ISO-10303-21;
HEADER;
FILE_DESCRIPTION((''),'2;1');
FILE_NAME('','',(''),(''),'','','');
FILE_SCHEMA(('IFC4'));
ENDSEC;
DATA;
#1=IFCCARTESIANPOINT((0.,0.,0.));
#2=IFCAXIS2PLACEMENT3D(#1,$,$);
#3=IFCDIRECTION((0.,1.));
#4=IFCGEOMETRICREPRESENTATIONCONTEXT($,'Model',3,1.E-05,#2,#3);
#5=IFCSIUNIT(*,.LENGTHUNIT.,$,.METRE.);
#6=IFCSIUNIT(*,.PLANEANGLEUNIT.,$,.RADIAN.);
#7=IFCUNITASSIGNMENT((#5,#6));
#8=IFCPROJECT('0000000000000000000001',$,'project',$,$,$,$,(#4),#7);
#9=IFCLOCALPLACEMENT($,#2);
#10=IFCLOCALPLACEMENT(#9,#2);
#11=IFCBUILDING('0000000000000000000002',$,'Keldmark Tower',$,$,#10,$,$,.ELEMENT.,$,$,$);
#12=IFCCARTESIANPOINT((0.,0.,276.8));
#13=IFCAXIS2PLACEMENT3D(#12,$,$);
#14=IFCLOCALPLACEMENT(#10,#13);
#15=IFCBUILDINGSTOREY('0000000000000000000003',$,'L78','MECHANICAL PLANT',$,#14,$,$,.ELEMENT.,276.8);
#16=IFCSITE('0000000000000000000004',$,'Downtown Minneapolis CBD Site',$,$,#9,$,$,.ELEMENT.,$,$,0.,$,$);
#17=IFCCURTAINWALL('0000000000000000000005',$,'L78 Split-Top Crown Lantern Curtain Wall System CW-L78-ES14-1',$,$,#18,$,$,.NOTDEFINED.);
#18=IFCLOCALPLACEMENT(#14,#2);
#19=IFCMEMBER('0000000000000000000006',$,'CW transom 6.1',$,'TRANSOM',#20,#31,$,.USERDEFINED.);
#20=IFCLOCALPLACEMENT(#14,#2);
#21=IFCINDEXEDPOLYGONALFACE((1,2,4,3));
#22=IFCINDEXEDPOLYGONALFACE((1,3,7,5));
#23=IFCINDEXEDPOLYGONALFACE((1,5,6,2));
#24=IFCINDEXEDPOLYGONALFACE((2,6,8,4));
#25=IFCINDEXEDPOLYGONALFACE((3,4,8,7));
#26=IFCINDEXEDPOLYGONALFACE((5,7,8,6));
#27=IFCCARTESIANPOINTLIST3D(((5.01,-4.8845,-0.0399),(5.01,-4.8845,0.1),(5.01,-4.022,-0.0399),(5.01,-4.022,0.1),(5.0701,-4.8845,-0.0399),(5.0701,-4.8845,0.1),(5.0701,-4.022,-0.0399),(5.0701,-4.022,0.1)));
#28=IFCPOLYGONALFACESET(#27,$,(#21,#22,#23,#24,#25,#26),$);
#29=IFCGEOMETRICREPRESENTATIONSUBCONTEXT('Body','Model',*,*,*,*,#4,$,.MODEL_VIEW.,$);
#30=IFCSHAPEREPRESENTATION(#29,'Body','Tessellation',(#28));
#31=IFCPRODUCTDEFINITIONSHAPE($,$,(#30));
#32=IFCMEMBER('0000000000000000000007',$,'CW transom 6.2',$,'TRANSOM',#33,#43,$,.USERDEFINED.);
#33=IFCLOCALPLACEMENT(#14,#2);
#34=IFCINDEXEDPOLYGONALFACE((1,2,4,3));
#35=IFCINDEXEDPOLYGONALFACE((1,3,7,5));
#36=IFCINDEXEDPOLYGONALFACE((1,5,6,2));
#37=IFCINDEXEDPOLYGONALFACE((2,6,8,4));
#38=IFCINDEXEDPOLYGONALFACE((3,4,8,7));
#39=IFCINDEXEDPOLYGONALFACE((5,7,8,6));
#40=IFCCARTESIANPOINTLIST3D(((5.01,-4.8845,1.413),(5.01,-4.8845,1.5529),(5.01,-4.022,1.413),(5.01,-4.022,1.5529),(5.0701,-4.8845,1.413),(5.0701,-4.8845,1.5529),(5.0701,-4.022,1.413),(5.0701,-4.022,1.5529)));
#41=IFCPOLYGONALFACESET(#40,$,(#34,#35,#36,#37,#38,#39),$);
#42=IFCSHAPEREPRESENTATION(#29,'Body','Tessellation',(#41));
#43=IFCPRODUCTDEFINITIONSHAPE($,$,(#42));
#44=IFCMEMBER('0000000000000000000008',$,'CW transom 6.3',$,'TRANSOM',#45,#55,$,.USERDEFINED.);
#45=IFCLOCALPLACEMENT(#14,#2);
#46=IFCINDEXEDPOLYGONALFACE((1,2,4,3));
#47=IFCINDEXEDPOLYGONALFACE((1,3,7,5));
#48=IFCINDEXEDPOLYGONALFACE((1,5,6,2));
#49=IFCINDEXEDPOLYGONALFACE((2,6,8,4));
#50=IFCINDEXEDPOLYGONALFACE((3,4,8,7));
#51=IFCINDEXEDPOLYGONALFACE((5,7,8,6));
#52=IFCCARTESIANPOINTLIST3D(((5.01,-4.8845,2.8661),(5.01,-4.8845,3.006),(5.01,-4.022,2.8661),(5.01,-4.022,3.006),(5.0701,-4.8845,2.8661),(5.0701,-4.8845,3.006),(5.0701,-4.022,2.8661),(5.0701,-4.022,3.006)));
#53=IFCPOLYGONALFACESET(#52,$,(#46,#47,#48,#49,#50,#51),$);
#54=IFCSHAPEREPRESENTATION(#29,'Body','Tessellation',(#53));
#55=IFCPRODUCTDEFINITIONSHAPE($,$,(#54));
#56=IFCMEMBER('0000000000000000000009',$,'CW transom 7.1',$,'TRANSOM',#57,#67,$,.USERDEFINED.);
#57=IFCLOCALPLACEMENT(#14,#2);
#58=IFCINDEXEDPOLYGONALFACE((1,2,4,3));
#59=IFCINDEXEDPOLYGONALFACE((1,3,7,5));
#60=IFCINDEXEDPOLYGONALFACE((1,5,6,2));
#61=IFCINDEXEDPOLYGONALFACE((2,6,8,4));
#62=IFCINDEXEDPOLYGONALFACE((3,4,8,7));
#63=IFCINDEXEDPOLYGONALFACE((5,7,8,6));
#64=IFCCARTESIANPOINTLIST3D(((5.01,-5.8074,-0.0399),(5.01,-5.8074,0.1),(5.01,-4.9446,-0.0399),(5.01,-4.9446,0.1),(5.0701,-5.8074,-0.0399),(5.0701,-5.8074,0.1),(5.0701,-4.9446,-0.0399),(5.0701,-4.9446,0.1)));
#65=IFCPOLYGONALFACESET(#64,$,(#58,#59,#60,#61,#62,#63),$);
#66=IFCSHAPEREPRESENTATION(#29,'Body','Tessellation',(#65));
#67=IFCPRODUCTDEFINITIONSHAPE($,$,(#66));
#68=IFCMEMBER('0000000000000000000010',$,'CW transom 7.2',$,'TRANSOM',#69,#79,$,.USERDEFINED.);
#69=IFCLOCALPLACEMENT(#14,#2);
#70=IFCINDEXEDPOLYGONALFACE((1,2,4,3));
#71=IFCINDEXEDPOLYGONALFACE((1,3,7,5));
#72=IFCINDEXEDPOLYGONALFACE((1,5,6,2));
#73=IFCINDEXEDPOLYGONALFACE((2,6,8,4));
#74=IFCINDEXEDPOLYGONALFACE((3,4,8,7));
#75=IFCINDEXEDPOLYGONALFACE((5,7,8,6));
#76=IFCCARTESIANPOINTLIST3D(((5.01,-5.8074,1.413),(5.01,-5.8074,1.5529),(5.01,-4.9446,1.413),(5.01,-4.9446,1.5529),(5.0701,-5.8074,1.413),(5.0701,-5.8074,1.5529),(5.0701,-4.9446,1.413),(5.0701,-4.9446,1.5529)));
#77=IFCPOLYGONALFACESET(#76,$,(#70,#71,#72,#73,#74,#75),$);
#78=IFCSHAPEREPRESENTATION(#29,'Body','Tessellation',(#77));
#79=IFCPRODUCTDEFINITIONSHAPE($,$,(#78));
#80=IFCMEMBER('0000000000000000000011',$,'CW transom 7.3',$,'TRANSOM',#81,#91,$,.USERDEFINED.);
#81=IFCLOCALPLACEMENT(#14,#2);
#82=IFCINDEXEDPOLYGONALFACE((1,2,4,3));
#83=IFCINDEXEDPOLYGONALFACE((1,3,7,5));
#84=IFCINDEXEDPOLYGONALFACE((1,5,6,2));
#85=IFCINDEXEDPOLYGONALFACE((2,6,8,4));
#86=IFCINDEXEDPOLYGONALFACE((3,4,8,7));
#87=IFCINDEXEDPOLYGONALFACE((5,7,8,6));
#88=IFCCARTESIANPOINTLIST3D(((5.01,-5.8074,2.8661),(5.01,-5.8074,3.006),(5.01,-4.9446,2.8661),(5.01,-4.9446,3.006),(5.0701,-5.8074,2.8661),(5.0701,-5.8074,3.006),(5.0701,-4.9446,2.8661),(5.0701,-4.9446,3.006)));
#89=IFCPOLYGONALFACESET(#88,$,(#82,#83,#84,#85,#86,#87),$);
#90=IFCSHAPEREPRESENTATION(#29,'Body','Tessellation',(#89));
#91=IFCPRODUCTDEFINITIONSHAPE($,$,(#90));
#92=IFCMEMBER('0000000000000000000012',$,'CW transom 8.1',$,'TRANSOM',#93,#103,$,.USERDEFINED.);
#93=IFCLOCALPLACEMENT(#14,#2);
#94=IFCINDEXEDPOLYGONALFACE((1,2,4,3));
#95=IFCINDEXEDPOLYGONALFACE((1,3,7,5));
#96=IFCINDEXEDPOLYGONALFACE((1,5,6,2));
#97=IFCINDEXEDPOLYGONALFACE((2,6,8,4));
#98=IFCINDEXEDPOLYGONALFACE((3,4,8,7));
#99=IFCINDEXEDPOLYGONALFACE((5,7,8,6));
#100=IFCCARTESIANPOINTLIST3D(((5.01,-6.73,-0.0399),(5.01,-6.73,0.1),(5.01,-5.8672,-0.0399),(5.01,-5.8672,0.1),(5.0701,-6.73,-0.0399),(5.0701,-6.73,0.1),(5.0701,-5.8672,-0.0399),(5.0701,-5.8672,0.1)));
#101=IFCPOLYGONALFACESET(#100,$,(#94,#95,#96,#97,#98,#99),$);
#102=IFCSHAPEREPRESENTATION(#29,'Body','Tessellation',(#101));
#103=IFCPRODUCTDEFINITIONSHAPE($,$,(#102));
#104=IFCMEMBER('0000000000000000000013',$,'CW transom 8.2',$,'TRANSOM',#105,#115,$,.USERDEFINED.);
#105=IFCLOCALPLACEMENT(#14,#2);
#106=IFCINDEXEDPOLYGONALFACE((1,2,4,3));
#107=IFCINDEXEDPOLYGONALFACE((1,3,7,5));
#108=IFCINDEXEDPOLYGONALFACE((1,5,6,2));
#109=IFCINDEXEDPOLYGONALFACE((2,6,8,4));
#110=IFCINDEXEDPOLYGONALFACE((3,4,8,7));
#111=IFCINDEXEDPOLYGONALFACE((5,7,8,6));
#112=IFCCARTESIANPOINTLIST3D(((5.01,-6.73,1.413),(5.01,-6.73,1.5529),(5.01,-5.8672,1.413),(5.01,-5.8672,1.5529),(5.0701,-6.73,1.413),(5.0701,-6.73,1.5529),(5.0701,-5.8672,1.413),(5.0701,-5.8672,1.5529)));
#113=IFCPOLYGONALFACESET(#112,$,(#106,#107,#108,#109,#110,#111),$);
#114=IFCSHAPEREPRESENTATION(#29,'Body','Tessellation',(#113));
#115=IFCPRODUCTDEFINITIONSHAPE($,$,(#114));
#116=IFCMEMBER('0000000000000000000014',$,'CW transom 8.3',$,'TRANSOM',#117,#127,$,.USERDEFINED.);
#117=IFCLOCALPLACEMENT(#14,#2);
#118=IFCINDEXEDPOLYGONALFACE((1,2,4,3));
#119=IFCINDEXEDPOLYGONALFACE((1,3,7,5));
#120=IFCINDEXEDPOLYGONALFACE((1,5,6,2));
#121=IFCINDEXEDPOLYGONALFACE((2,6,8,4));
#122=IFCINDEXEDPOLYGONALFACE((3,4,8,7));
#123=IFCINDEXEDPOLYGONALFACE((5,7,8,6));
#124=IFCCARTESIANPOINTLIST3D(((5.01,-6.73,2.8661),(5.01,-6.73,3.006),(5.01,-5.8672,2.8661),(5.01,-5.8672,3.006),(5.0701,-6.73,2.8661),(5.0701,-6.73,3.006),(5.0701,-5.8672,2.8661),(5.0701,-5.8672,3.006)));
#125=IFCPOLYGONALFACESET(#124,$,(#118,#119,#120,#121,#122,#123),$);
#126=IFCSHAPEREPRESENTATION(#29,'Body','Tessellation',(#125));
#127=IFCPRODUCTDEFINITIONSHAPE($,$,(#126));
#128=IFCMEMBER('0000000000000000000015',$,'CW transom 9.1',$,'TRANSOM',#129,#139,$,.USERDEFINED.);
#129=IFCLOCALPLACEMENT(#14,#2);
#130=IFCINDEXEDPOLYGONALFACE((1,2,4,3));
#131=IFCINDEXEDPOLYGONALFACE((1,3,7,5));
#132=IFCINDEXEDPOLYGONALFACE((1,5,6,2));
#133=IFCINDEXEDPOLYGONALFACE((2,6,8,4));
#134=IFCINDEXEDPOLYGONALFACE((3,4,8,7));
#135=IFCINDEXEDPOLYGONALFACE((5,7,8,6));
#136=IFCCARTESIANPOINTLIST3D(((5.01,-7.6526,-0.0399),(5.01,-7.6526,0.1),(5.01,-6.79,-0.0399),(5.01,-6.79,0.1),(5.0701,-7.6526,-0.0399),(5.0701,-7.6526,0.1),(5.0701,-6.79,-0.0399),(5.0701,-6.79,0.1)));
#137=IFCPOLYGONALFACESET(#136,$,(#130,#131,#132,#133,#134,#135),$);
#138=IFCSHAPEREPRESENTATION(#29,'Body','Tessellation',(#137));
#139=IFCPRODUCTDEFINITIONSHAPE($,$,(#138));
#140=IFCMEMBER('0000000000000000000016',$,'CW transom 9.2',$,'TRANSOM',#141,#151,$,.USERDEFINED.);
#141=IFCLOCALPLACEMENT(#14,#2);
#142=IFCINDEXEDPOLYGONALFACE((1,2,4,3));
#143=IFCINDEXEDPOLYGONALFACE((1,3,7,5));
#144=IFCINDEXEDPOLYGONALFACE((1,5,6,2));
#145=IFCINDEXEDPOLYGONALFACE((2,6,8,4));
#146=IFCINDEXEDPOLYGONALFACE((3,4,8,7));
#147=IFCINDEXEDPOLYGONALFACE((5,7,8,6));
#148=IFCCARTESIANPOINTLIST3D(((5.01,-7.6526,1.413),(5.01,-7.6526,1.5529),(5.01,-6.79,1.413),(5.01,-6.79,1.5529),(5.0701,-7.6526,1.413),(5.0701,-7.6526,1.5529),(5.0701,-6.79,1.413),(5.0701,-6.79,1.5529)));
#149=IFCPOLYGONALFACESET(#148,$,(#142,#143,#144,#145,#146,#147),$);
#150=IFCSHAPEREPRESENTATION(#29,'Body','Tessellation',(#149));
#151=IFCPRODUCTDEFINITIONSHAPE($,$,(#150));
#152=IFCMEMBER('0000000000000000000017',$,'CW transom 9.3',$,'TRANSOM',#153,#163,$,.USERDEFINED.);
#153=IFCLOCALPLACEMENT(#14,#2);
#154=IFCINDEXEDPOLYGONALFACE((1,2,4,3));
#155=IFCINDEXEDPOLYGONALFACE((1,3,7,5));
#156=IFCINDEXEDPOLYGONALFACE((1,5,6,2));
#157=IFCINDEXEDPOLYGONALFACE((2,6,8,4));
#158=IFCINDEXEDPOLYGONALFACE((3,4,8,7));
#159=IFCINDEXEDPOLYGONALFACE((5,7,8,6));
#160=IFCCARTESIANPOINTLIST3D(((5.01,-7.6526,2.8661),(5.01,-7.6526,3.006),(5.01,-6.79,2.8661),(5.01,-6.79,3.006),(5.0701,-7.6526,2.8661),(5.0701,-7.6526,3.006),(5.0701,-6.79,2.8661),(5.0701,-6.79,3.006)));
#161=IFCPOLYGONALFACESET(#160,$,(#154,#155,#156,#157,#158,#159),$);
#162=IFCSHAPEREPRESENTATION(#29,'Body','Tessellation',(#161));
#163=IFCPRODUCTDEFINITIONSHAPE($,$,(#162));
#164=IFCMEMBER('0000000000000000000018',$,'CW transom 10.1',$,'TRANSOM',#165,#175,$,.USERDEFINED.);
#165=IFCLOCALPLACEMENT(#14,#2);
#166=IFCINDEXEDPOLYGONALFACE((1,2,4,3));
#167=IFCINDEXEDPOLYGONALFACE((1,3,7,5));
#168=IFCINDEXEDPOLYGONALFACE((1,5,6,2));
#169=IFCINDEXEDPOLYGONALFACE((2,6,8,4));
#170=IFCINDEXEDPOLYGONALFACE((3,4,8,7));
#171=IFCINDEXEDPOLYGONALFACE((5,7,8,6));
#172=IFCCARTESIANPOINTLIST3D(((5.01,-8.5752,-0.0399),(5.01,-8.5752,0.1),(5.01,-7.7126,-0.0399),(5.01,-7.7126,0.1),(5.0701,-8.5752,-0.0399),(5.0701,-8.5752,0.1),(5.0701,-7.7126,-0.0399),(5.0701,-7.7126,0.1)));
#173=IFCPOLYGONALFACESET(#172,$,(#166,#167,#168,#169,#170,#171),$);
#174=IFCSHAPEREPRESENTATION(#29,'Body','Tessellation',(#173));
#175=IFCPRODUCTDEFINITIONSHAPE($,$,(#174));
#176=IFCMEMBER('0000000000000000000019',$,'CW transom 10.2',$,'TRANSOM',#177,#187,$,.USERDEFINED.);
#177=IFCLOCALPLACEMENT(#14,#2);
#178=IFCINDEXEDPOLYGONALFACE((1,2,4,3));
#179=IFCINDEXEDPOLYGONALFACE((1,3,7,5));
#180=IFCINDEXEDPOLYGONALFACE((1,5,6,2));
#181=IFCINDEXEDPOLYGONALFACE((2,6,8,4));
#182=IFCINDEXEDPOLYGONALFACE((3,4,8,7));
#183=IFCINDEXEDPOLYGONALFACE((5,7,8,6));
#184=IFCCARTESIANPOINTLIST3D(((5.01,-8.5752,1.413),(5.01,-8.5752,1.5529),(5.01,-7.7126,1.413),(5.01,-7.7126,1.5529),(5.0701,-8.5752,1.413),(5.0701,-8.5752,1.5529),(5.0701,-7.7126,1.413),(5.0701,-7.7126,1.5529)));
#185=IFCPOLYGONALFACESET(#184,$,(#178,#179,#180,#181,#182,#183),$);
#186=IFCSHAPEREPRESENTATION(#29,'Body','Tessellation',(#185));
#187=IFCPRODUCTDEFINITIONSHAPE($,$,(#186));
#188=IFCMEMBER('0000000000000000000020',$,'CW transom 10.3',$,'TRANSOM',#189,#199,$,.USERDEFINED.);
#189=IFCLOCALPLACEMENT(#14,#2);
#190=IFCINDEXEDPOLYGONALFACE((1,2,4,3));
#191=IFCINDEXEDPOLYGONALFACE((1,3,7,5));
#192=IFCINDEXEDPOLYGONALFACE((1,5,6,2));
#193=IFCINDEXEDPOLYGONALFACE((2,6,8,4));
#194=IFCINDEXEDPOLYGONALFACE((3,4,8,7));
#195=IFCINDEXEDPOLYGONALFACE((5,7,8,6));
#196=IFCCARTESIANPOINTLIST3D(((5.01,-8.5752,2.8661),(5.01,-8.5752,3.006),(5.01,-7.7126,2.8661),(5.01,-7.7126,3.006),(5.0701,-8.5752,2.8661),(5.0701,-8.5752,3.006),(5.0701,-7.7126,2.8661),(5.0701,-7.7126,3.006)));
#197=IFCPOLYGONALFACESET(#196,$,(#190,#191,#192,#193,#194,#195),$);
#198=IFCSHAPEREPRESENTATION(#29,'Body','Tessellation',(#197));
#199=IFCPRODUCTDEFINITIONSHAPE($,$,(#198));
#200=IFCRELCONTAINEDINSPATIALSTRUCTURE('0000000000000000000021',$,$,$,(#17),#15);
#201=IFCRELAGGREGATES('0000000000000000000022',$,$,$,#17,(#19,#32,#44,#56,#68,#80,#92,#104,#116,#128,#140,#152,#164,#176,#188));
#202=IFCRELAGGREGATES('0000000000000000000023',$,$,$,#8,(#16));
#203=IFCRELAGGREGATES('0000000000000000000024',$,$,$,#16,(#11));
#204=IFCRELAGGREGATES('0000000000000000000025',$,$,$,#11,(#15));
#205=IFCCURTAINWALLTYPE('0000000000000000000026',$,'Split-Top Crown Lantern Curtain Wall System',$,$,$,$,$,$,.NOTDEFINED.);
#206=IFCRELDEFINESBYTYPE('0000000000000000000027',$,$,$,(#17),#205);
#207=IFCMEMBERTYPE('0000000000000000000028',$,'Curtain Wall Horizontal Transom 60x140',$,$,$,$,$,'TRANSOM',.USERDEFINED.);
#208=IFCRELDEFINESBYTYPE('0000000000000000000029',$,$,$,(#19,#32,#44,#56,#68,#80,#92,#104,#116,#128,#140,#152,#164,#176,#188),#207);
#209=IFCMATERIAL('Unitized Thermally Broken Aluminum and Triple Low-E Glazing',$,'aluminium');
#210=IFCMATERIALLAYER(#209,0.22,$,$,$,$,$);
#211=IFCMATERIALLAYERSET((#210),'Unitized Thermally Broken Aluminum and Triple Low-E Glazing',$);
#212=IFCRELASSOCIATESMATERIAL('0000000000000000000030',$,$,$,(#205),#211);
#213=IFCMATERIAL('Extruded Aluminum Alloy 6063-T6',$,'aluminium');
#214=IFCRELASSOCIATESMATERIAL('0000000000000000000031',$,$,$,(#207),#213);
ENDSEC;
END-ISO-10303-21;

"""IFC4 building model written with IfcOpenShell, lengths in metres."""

from ifc_helpers import new_model, si_unit, direction, frame, origin, origin_2d, place, context, subcontext, project, spatial, rectangle, extrude, material, layer, layer_set, material_profile, profile_set, type_object, element, aggregate, save


model = new_model("IFC4")

# Units and contexts
model_context = context("Model", 3, precision=1e-05, world=origin(), true_north=direction((0.0, 1.0)))
body_context = subcontext(model_context, "Body", "Model", "MODEL_VIEW")
ifc_project = project(units=[si_unit("LENGTHUNIT", "METRE"), si_unit("PLANEANGLEUNIT", "RADIAN")], contexts=[model_context])

# Site, building, storey
site_placement = place(None, origin())
site = spatial("IfcSite", under=ifc_project, at=site_placement, Name="Downtown Minneapolis CBD Site", CompositionType="ELEMENT", RefElevation=0.0)
building_placement = place(site_placement, origin())
building = spatial("IfcBuilding", under=site, at=building_placement, Name="Keldmark Tower", CompositionType="ELEMENT")
storey_placement = place(building_placement, frame((0.0, 0.0, 276.8)))
storey = spatial("IfcBuildingStorey", under=building, at=storey_placement, Name="L78", Description="MECHANICAL PLANT", CompositionType="ELEMENT", Elevation=276.8)

# Curtain wall, members
ifc_material_1 = material(Name="Unitized Thermally Broken Aluminum and Triple Low-E Glazing", Category="aluminium")
ifc_layer_1 = layer(ifc_material_1, 0.22)
ifc_layer_set_1 = layer_set([ifc_layer_1], Name="Unitized Thermally Broken Aluminum and Triple Low-E Glazing")
curtain_wall_type = type_object("IfcCurtainWallType", Name="Split-Top Crown Lantern Curtain Wall System", PredefinedType="NOTDEFINED", material=ifc_layer_set_1)
curtain_wall_placement = place(storey_placement, origin())
curtain_wall = element("IfcCurtainWall", 1, at=curtain_wall_placement, inside=storey, type_object=curtain_wall_type, Name="L78 Split-Top Crown Lantern Curtain Wall System CW-L78-ES14-1", PredefinedType="NOTDEFINED")
ifc_material_2 = material(Name="Extruded Aluminum Alloy 6063-T6", Category="aluminium")
ifc_material_profile_1 = material_profile(ifc_material_2, rectangle(XDim=0.0601, YDim=0.1399, at=origin_2d()), Name="CWT60X140")
ifc_profile_set_1 = profile_set([ifc_material_profile_1], Name="Extruded Aluminum Alloy 6063-T6")
member_type_1 = type_object("IfcMemberType", Name="Curtain Wall Horizontal Transom 60x140", ElementType="TRANSOM", PredefinedType="USERDEFINED", material=ifc_profile_set_1)
member_1_placement = place(storey_placement, frame((5.04, -4.022, 0.03), z_axis=(0.0, -1.0, 0.0), x_axis=(1.0, 0.0, 0.0)))
member_1 = element("IfcMember", 2, at=member_1_placement, type_object=member_type_1, Name="CW transom 6.1", ObjectType="TRANSOM", PredefinedType="USERDEFINED", context=body_context, shape_type="SweptSolid", body=[
    extrude(rectangle(XDim=0.0601, YDim=0.1399, at=origin_2d()), origin(), (0.0, 0.0, 1.0), 0.8625),
])
member_2_placement = place(storey_placement, frame((5.04, -4.022, 1.4829), z_axis=(0.0, -1.0, 0.0), x_axis=(1.0, 0.0, 0.0)))
member_2 = element("IfcMember", 3, at=member_2_placement, type_object=member_type_1, Name="CW transom 6.2", ObjectType="TRANSOM", PredefinedType="USERDEFINED", context=body_context, shape_type="SweptSolid", body=[
    extrude(rectangle(XDim=0.0601, YDim=0.1399, at=origin_2d()), origin(), (0.0, 0.0, 1.0), 0.8625),
])
member_3_placement = place(storey_placement, frame((5.04, -4.022, 2.936), z_axis=(0.0, -1.0, 0.0), x_axis=(1.0, 0.0, 0.0)))
member_3 = element("IfcMember", 4, at=member_3_placement, type_object=member_type_1, Name="CW transom 6.3", ObjectType="TRANSOM", PredefinedType="USERDEFINED", context=body_context, shape_type="SweptSolid", body=[
    extrude(rectangle(XDim=0.0601, YDim=0.1399, at=origin_2d()), origin(), (0.0, 0.0, 1.0), 0.8625),
])
member_4_placement = place(storey_placement, frame((5.04, -4.9446, 0.03), z_axis=(0.0, -1.0, 0.0), x_axis=(1.0, 0.0, 0.0)))
member_4 = element("IfcMember", 5, at=member_4_placement, type_object=member_type_1, Name="CW transom 7.1", ObjectType="TRANSOM", PredefinedType="USERDEFINED", context=body_context, shape_type="SweptSolid", body=[
    extrude(rectangle(XDim=0.0601, YDim=0.1399, at=origin_2d()), origin(), (0.0, 0.0, 1.0), 0.8628),
])
member_5_placement = place(storey_placement, frame((5.04, -4.9446, 1.4829), z_axis=(0.0, -1.0, 0.0), x_axis=(1.0, 0.0, 0.0)))
member_5 = element("IfcMember", 6, at=member_5_placement, type_object=member_type_1, Name="CW transom 7.2", ObjectType="TRANSOM", PredefinedType="USERDEFINED", context=body_context, shape_type="SweptSolid", body=[
    extrude(rectangle(XDim=0.0601, YDim=0.1399, at=origin_2d()), origin(), (0.0, 0.0, 1.0), 0.8628),
])
member_6_placement = place(storey_placement, frame((5.04, -4.9446, 2.936), z_axis=(0.0, -1.0, 0.0), x_axis=(1.0, 0.0, 0.0)))
member_6 = element("IfcMember", 7, at=member_6_placement, type_object=member_type_1, Name="CW transom 7.3", ObjectType="TRANSOM", PredefinedType="USERDEFINED", context=body_context, shape_type="SweptSolid", body=[
    extrude(rectangle(XDim=0.0601, YDim=0.1399, at=origin_2d()), origin(), (0.0, 0.0, 1.0), 0.8628),
])
member_7_placement = place(storey_placement, frame((5.04, -5.8672, 0.03), z_axis=(0.0, -1.0, 0.0), x_axis=(1.0, 0.0, 0.0)))
member_7 = element("IfcMember", 8, at=member_7_placement, type_object=member_type_1, Name="CW transom 8.1", ObjectType="TRANSOM", PredefinedType="USERDEFINED", context=body_context, shape_type="SweptSolid", body=[
    extrude(rectangle(XDim=0.0601, YDim=0.1399, at=origin_2d()), origin(), (0.0, 0.0, 1.0), 0.8628),
])
member_8_placement = place(storey_placement, frame((5.04, -5.8672, 1.4829), z_axis=(0.0, -1.0, 0.0), x_axis=(1.0, 0.0, 0.0)))
member_8 = element("IfcMember", 9, at=member_8_placement, type_object=member_type_1, Name="CW transom 8.2", ObjectType="TRANSOM", PredefinedType="USERDEFINED", context=body_context, shape_type="SweptSolid", body=[
    extrude(rectangle(XDim=0.0601, YDim=0.1399, at=origin_2d()), origin(), (0.0, 0.0, 1.0), 0.8628),
])
member_9_placement = place(storey_placement, frame((5.04, -5.8672, 2.936), z_axis=(0.0, -1.0, 0.0), x_axis=(1.0, 0.0, 0.0)))
member_9 = element("IfcMember", 10, at=member_9_placement, type_object=member_type_1, Name="CW transom 8.3", ObjectType="TRANSOM", PredefinedType="USERDEFINED", context=body_context, shape_type="SweptSolid", body=[
    extrude(rectangle(XDim=0.0601, YDim=0.1399, at=origin_2d()), origin(), (0.0, 0.0, 1.0), 0.8628),
])
member_10_placement = place(storey_placement, frame((5.04, -6.79, 0.03), z_axis=(0.0, -1.0, 0.0), x_axis=(1.0, 0.0, 0.0)))
member_10 = element("IfcMember", 11, at=member_10_placement, type_object=member_type_1, Name="CW transom 9.1", ObjectType="TRANSOM", PredefinedType="USERDEFINED", context=body_context, shape_type="SweptSolid", body=[
    extrude(rectangle(XDim=0.0601, YDim=0.1399, at=origin_2d()), origin(), (0.0, 0.0, 1.0), 0.8625),
])
member_11_placement = place(storey_placement, frame((5.04, -6.79, 1.4829), z_axis=(0.0, -1.0, 0.0), x_axis=(1.0, 0.0, 0.0)))
member_11 = element("IfcMember", 12, at=member_11_placement, type_object=member_type_1, Name="CW transom 9.2", ObjectType="TRANSOM", PredefinedType="USERDEFINED", context=body_context, shape_type="SweptSolid", body=[
    extrude(rectangle(XDim=0.0601, YDim=0.1399, at=origin_2d()), origin(), (0.0, 0.0, 1.0), 0.8625),
])
member_12_placement = place(storey_placement, frame((5.04, -6.79, 2.936), z_axis=(0.0, -1.0, 0.0), x_axis=(1.0, 0.0, 0.0)))
member_12 = element("IfcMember", 13, at=member_12_placement, type_object=member_type_1, Name="CW transom 9.3", ObjectType="TRANSOM", PredefinedType="USERDEFINED", context=body_context, shape_type="SweptSolid", body=[
    extrude(rectangle(XDim=0.0601, YDim=0.1399, at=origin_2d()), origin(), (0.0, 0.0, 1.0), 0.8625),
])
member_13_placement = place(storey_placement, frame((5.04, -7.7126, 0.03), z_axis=(0.0, -1.0, 0.0), x_axis=(1.0, 0.0, 0.0)))
member_13 = element("IfcMember", 14, at=member_13_placement, type_object=member_type_1, Name="CW transom 10.1", ObjectType="TRANSOM", PredefinedType="USERDEFINED", context=body_context, shape_type="SweptSolid", body=[
    extrude(rectangle(XDim=0.0601, YDim=0.1399, at=origin_2d()), origin(), (0.0, 0.0, 1.0), 0.8625),
])
member_14_placement = place(storey_placement, frame((5.04, -7.7126, 1.4829), z_axis=(0.0, -1.0, 0.0), x_axis=(1.0, 0.0, 0.0)))
member_14 = element("IfcMember", 15, at=member_14_placement, type_object=member_type_1, Name="CW transom 10.2", ObjectType="TRANSOM", PredefinedType="USERDEFINED", context=body_context, shape_type="SweptSolid", body=[
    extrude(rectangle(XDim=0.0601, YDim=0.1399, at=origin_2d()), origin(), (0.0, 0.0, 1.0), 0.8625),
])
member_15_placement = place(storey_placement, frame((5.04, -7.7126, 2.936), z_axis=(0.0, -1.0, 0.0), x_axis=(1.0, 0.0, 0.0)))
member_15 = element("IfcMember", 16, at=member_15_placement, type_object=member_type_1, Name="CW transom 10.3", ObjectType="TRANSOM", PredefinedType="USERDEFINED", context=body_context, shape_type="SweptSolid", body=[
    extrude(rectangle(XDim=0.0601, YDim=0.1399, at=origin_2d()), origin(), (0.0, 0.0, 1.0), 0.8625),
])
aggregate(curtain_wall, [member_1, member_2, member_3, member_4, member_5, member_6, member_7, member_8, member_9, member_10, member_11, member_12, member_13, member_14, member_15])

save(model, "model.ifc")
